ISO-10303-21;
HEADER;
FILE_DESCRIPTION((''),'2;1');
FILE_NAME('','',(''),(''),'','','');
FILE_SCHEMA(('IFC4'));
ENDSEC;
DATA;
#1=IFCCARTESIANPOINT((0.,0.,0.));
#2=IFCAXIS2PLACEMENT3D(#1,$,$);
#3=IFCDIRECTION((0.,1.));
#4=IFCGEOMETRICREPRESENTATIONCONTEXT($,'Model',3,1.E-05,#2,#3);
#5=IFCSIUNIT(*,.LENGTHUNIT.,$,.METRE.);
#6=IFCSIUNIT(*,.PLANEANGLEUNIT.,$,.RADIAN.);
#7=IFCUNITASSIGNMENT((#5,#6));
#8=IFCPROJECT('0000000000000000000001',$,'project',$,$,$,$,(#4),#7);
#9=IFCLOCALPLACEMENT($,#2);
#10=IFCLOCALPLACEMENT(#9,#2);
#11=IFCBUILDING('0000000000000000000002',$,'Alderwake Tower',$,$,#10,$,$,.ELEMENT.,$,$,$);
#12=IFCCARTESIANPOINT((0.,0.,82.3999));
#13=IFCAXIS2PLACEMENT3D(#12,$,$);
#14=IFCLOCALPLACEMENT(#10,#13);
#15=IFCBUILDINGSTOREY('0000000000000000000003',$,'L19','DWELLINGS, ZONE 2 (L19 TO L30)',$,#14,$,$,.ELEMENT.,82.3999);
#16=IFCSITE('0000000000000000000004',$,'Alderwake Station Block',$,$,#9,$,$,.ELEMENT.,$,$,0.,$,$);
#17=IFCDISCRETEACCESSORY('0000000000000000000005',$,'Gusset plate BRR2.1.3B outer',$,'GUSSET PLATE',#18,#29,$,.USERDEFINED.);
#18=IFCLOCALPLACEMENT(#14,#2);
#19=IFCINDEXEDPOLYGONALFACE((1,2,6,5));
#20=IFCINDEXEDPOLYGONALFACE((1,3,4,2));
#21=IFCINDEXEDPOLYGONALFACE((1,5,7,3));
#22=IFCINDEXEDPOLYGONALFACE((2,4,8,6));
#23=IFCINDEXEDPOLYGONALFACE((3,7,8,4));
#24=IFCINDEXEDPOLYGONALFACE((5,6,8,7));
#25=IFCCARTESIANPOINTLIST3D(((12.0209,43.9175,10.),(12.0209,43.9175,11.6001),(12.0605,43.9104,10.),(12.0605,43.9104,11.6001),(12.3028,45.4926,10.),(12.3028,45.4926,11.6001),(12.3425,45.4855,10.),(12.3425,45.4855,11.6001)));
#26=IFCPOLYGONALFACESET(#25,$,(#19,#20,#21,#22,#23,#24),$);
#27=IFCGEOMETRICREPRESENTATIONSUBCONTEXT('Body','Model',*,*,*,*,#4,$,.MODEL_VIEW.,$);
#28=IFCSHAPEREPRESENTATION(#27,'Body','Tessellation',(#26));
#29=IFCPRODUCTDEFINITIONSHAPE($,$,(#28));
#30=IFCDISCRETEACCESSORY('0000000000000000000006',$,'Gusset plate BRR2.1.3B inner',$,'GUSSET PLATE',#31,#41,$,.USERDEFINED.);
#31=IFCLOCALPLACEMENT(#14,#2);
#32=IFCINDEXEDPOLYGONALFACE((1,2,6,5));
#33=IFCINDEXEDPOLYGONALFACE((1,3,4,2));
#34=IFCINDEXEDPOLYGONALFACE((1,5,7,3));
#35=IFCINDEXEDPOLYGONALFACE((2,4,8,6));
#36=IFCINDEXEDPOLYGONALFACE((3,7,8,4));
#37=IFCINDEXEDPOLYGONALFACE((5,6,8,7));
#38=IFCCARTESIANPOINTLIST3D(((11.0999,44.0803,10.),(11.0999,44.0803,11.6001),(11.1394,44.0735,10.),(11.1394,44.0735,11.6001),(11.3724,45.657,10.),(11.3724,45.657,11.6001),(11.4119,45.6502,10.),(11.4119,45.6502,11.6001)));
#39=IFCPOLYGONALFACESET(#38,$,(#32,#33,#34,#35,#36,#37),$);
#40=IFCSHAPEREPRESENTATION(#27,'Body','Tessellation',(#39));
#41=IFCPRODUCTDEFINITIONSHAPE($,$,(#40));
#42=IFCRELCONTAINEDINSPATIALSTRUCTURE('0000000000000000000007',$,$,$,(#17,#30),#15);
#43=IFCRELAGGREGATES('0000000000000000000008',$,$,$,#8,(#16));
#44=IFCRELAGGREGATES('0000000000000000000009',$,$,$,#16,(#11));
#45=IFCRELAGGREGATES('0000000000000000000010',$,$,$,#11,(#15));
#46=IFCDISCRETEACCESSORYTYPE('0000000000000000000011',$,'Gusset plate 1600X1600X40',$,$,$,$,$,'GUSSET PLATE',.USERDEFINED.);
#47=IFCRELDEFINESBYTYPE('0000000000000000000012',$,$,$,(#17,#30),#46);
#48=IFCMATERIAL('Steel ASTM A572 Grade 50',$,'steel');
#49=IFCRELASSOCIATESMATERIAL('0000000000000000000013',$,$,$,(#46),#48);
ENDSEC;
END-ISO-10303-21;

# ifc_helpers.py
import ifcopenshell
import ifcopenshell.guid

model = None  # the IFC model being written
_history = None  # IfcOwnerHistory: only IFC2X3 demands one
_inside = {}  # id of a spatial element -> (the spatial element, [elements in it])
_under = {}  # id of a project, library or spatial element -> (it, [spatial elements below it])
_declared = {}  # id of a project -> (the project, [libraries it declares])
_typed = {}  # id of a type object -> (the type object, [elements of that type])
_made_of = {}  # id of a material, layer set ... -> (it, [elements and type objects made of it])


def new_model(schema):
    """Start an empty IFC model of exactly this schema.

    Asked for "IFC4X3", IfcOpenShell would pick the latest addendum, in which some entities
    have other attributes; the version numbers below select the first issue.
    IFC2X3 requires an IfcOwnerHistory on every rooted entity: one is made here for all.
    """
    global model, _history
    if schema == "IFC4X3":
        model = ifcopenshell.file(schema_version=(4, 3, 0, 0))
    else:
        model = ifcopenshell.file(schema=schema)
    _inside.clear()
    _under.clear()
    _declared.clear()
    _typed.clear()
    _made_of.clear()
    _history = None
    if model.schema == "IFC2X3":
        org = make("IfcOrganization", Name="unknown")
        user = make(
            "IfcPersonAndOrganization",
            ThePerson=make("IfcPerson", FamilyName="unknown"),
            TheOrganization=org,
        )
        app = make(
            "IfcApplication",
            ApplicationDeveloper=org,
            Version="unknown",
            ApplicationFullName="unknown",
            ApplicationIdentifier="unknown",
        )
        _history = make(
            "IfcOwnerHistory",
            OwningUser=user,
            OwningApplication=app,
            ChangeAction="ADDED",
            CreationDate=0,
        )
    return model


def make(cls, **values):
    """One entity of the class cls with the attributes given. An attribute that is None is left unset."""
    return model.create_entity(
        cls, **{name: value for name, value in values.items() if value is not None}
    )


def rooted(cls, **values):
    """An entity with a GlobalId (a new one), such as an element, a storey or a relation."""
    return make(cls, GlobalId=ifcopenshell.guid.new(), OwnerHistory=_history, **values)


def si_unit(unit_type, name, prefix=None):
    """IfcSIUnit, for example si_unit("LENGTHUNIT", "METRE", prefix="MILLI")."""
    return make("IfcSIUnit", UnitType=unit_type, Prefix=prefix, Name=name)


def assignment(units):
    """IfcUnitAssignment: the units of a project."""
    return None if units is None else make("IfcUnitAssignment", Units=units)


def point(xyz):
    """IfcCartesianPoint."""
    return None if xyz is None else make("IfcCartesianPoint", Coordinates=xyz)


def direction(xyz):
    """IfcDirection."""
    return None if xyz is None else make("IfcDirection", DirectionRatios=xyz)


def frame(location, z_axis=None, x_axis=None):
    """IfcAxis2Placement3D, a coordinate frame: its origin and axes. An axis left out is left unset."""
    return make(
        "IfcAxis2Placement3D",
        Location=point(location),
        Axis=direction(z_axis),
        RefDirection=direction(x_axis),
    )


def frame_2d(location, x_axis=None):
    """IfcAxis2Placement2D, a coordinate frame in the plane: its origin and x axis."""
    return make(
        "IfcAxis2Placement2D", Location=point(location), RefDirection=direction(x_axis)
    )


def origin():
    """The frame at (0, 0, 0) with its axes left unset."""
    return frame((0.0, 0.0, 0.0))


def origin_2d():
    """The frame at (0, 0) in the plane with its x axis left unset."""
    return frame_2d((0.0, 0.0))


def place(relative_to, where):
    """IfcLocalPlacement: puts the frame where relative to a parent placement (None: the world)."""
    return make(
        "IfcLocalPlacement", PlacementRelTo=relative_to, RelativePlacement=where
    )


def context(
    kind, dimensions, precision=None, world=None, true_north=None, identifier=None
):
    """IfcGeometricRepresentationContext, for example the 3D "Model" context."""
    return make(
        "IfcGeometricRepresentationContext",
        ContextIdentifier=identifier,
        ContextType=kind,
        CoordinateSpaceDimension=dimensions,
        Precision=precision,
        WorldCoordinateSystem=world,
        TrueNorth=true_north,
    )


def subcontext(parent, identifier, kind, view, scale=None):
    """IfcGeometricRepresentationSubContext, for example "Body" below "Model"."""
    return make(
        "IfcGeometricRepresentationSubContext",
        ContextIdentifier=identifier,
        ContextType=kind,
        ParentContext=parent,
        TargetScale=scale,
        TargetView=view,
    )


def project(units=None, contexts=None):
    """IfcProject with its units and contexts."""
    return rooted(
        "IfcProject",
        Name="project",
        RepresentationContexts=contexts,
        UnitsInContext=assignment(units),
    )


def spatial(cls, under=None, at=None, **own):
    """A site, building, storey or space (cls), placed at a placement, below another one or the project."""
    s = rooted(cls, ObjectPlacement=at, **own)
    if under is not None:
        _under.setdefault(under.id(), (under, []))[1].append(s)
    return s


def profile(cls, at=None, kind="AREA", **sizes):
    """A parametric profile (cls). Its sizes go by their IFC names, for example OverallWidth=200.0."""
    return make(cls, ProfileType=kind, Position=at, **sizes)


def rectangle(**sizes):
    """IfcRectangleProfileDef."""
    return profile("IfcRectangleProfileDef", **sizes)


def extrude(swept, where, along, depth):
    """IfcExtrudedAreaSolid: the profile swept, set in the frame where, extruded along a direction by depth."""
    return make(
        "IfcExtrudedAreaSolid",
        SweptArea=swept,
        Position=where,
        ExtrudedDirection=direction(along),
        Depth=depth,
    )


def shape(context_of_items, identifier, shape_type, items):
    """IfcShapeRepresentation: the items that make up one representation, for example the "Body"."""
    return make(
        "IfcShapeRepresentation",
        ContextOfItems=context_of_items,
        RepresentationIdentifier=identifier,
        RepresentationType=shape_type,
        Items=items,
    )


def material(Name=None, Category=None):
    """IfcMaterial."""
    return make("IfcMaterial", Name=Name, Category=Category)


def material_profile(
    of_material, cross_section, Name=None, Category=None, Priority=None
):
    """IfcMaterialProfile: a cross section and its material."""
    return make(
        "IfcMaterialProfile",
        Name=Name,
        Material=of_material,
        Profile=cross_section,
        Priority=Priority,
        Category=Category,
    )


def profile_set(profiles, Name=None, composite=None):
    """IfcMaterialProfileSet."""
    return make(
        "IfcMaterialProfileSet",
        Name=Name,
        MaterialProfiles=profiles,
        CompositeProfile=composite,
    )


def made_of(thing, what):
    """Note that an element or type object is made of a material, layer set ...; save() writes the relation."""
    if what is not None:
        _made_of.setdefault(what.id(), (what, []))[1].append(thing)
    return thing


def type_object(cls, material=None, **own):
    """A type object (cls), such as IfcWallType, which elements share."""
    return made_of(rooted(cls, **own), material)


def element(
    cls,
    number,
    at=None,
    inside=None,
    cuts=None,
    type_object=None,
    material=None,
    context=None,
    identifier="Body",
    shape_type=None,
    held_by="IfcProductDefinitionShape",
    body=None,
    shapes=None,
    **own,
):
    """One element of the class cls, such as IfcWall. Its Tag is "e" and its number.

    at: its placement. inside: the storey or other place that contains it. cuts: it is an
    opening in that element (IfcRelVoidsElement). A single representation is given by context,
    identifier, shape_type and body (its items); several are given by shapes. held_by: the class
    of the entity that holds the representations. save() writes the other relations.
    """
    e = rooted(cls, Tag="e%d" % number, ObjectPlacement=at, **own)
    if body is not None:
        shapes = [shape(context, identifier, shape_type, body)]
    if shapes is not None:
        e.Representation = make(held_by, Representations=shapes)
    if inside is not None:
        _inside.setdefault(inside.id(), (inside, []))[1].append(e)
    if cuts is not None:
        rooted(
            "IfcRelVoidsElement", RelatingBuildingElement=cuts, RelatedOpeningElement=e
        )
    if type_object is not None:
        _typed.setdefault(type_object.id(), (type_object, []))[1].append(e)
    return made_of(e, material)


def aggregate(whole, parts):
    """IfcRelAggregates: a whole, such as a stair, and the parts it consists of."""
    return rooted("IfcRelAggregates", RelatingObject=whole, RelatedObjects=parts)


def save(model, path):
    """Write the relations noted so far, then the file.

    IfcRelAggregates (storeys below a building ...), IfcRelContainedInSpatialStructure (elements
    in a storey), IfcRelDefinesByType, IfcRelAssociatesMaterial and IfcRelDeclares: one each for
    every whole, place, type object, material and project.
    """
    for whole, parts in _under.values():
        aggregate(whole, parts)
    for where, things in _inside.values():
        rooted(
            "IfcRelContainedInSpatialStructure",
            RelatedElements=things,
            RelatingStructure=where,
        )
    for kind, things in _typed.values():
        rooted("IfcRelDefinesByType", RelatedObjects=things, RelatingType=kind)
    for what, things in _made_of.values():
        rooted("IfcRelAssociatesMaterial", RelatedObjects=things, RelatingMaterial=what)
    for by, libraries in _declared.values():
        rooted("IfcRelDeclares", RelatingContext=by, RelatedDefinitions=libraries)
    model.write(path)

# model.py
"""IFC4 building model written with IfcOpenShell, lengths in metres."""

from ifc_helpers import new_model, si_unit, direction, frame, origin, origin_2d, place, context, subcontext, project, spatial, rectangle, extrude, material, material_profile, profile_set, type_object, element, save


model = new_model("IFC4")

# Units and contexts
model_context = context("Model", 3, precision=1e-05, world=origin(), true_north=direction((0.0, 1.0)))
body_context = subcontext(model_context, "Body", "Model", "MODEL_VIEW")
ifc_project = project(units=[si_unit("LENGTHUNIT", "METRE"), si_unit("PLANEANGLEUNIT", "RADIAN")], contexts=[model_context])

# Site, building, storey
site_placement = place(None, origin())
site = spatial("IfcSite", under=ifc_project, at=site_placement, Name="Alderwake Station Block", CompositionType="ELEMENT", RefElevation=0.0)
building_placement = place(site_placement, origin())
building = spatial("IfcBuilding", under=site, at=building_placement, Name="Alderwake Tower", CompositionType="ELEMENT")
storey_placement = place(building_placement, frame((0.0, 0.0, 82.3999)))
storey = spatial("IfcBuildingStorey", under=building, at=storey_placement, Name="L19", Description="DWELLINGS, ZONE 2 (L19 TO L30)", CompositionType="ELEMENT", Elevation=82.3999)

# Discrete accessories
ifc_material_1 = material(Name="Steel ASTM A572 Grade 50", Category="steel")
ifc_material_profile_1 = material_profile(ifc_material_1, rectangle(XDim=1.6001, YDim=1.6001, at=origin_2d()), Name="gusset 1600X1600")
ifc_profile_set_1 = profile_set([ifc_material_profile_1], Name="Steel ASTM A572 Grade 50")
discrete_accessory_type = type_object("IfcDiscreteAccessoryType", Name="Gusset plate 1600X1600X40", ElementType="GUSSET PLATE", PredefinedType="USERDEFINED", material=ifc_profile_set_1)
discrete_accessory_1_placement = place(storey_placement, frame((12.1619, 44.7051, 10.8), z_axis=(0.984352, -0.176211, 0.0), x_axis=(0.176211, 0.984352, 0.0)))
element("IfcDiscreteAccessory", 1, at=discrete_accessory_1_placement, inside=storey, type_object=discrete_accessory_type, Name="Gusset plate BRR2.1.3B outer", ObjectType="GUSSET PLATE", PredefinedType="USERDEFINED", context=body_context, shape_type="SweptSolid", body=[
    extrude(rectangle(XDim=1.6001, YDim=1.6001, at=origin_2d()), origin(), (0.0, 0.0, 1.0), 0.0403),
])
discrete_accessory_2_placement = place(storey_placement, frame((11.2756, 44.8618, 10.8), z_axis=(-0.98539, 0.170314, 0.0), x_axis=(-0.170314, -0.98539, 0.0)))
element("IfcDiscreteAccessory", 2, at=discrete_accessory_2_placement, inside=storey, type_object=discrete_accessory_type, Name="Gusset plate BRR2.1.3B inner", ObjectType="GUSSET PLATE", PredefinedType="USERDEFINED", context=body_context, shape_type="SweptSolid", body=[
    extrude(rectangle(XDim=1.6001, YDim=1.6001, at=origin_2d()), origin(), (0.0, 0.0, 1.0), 0.04),
])

save(model, "model.ifc")
